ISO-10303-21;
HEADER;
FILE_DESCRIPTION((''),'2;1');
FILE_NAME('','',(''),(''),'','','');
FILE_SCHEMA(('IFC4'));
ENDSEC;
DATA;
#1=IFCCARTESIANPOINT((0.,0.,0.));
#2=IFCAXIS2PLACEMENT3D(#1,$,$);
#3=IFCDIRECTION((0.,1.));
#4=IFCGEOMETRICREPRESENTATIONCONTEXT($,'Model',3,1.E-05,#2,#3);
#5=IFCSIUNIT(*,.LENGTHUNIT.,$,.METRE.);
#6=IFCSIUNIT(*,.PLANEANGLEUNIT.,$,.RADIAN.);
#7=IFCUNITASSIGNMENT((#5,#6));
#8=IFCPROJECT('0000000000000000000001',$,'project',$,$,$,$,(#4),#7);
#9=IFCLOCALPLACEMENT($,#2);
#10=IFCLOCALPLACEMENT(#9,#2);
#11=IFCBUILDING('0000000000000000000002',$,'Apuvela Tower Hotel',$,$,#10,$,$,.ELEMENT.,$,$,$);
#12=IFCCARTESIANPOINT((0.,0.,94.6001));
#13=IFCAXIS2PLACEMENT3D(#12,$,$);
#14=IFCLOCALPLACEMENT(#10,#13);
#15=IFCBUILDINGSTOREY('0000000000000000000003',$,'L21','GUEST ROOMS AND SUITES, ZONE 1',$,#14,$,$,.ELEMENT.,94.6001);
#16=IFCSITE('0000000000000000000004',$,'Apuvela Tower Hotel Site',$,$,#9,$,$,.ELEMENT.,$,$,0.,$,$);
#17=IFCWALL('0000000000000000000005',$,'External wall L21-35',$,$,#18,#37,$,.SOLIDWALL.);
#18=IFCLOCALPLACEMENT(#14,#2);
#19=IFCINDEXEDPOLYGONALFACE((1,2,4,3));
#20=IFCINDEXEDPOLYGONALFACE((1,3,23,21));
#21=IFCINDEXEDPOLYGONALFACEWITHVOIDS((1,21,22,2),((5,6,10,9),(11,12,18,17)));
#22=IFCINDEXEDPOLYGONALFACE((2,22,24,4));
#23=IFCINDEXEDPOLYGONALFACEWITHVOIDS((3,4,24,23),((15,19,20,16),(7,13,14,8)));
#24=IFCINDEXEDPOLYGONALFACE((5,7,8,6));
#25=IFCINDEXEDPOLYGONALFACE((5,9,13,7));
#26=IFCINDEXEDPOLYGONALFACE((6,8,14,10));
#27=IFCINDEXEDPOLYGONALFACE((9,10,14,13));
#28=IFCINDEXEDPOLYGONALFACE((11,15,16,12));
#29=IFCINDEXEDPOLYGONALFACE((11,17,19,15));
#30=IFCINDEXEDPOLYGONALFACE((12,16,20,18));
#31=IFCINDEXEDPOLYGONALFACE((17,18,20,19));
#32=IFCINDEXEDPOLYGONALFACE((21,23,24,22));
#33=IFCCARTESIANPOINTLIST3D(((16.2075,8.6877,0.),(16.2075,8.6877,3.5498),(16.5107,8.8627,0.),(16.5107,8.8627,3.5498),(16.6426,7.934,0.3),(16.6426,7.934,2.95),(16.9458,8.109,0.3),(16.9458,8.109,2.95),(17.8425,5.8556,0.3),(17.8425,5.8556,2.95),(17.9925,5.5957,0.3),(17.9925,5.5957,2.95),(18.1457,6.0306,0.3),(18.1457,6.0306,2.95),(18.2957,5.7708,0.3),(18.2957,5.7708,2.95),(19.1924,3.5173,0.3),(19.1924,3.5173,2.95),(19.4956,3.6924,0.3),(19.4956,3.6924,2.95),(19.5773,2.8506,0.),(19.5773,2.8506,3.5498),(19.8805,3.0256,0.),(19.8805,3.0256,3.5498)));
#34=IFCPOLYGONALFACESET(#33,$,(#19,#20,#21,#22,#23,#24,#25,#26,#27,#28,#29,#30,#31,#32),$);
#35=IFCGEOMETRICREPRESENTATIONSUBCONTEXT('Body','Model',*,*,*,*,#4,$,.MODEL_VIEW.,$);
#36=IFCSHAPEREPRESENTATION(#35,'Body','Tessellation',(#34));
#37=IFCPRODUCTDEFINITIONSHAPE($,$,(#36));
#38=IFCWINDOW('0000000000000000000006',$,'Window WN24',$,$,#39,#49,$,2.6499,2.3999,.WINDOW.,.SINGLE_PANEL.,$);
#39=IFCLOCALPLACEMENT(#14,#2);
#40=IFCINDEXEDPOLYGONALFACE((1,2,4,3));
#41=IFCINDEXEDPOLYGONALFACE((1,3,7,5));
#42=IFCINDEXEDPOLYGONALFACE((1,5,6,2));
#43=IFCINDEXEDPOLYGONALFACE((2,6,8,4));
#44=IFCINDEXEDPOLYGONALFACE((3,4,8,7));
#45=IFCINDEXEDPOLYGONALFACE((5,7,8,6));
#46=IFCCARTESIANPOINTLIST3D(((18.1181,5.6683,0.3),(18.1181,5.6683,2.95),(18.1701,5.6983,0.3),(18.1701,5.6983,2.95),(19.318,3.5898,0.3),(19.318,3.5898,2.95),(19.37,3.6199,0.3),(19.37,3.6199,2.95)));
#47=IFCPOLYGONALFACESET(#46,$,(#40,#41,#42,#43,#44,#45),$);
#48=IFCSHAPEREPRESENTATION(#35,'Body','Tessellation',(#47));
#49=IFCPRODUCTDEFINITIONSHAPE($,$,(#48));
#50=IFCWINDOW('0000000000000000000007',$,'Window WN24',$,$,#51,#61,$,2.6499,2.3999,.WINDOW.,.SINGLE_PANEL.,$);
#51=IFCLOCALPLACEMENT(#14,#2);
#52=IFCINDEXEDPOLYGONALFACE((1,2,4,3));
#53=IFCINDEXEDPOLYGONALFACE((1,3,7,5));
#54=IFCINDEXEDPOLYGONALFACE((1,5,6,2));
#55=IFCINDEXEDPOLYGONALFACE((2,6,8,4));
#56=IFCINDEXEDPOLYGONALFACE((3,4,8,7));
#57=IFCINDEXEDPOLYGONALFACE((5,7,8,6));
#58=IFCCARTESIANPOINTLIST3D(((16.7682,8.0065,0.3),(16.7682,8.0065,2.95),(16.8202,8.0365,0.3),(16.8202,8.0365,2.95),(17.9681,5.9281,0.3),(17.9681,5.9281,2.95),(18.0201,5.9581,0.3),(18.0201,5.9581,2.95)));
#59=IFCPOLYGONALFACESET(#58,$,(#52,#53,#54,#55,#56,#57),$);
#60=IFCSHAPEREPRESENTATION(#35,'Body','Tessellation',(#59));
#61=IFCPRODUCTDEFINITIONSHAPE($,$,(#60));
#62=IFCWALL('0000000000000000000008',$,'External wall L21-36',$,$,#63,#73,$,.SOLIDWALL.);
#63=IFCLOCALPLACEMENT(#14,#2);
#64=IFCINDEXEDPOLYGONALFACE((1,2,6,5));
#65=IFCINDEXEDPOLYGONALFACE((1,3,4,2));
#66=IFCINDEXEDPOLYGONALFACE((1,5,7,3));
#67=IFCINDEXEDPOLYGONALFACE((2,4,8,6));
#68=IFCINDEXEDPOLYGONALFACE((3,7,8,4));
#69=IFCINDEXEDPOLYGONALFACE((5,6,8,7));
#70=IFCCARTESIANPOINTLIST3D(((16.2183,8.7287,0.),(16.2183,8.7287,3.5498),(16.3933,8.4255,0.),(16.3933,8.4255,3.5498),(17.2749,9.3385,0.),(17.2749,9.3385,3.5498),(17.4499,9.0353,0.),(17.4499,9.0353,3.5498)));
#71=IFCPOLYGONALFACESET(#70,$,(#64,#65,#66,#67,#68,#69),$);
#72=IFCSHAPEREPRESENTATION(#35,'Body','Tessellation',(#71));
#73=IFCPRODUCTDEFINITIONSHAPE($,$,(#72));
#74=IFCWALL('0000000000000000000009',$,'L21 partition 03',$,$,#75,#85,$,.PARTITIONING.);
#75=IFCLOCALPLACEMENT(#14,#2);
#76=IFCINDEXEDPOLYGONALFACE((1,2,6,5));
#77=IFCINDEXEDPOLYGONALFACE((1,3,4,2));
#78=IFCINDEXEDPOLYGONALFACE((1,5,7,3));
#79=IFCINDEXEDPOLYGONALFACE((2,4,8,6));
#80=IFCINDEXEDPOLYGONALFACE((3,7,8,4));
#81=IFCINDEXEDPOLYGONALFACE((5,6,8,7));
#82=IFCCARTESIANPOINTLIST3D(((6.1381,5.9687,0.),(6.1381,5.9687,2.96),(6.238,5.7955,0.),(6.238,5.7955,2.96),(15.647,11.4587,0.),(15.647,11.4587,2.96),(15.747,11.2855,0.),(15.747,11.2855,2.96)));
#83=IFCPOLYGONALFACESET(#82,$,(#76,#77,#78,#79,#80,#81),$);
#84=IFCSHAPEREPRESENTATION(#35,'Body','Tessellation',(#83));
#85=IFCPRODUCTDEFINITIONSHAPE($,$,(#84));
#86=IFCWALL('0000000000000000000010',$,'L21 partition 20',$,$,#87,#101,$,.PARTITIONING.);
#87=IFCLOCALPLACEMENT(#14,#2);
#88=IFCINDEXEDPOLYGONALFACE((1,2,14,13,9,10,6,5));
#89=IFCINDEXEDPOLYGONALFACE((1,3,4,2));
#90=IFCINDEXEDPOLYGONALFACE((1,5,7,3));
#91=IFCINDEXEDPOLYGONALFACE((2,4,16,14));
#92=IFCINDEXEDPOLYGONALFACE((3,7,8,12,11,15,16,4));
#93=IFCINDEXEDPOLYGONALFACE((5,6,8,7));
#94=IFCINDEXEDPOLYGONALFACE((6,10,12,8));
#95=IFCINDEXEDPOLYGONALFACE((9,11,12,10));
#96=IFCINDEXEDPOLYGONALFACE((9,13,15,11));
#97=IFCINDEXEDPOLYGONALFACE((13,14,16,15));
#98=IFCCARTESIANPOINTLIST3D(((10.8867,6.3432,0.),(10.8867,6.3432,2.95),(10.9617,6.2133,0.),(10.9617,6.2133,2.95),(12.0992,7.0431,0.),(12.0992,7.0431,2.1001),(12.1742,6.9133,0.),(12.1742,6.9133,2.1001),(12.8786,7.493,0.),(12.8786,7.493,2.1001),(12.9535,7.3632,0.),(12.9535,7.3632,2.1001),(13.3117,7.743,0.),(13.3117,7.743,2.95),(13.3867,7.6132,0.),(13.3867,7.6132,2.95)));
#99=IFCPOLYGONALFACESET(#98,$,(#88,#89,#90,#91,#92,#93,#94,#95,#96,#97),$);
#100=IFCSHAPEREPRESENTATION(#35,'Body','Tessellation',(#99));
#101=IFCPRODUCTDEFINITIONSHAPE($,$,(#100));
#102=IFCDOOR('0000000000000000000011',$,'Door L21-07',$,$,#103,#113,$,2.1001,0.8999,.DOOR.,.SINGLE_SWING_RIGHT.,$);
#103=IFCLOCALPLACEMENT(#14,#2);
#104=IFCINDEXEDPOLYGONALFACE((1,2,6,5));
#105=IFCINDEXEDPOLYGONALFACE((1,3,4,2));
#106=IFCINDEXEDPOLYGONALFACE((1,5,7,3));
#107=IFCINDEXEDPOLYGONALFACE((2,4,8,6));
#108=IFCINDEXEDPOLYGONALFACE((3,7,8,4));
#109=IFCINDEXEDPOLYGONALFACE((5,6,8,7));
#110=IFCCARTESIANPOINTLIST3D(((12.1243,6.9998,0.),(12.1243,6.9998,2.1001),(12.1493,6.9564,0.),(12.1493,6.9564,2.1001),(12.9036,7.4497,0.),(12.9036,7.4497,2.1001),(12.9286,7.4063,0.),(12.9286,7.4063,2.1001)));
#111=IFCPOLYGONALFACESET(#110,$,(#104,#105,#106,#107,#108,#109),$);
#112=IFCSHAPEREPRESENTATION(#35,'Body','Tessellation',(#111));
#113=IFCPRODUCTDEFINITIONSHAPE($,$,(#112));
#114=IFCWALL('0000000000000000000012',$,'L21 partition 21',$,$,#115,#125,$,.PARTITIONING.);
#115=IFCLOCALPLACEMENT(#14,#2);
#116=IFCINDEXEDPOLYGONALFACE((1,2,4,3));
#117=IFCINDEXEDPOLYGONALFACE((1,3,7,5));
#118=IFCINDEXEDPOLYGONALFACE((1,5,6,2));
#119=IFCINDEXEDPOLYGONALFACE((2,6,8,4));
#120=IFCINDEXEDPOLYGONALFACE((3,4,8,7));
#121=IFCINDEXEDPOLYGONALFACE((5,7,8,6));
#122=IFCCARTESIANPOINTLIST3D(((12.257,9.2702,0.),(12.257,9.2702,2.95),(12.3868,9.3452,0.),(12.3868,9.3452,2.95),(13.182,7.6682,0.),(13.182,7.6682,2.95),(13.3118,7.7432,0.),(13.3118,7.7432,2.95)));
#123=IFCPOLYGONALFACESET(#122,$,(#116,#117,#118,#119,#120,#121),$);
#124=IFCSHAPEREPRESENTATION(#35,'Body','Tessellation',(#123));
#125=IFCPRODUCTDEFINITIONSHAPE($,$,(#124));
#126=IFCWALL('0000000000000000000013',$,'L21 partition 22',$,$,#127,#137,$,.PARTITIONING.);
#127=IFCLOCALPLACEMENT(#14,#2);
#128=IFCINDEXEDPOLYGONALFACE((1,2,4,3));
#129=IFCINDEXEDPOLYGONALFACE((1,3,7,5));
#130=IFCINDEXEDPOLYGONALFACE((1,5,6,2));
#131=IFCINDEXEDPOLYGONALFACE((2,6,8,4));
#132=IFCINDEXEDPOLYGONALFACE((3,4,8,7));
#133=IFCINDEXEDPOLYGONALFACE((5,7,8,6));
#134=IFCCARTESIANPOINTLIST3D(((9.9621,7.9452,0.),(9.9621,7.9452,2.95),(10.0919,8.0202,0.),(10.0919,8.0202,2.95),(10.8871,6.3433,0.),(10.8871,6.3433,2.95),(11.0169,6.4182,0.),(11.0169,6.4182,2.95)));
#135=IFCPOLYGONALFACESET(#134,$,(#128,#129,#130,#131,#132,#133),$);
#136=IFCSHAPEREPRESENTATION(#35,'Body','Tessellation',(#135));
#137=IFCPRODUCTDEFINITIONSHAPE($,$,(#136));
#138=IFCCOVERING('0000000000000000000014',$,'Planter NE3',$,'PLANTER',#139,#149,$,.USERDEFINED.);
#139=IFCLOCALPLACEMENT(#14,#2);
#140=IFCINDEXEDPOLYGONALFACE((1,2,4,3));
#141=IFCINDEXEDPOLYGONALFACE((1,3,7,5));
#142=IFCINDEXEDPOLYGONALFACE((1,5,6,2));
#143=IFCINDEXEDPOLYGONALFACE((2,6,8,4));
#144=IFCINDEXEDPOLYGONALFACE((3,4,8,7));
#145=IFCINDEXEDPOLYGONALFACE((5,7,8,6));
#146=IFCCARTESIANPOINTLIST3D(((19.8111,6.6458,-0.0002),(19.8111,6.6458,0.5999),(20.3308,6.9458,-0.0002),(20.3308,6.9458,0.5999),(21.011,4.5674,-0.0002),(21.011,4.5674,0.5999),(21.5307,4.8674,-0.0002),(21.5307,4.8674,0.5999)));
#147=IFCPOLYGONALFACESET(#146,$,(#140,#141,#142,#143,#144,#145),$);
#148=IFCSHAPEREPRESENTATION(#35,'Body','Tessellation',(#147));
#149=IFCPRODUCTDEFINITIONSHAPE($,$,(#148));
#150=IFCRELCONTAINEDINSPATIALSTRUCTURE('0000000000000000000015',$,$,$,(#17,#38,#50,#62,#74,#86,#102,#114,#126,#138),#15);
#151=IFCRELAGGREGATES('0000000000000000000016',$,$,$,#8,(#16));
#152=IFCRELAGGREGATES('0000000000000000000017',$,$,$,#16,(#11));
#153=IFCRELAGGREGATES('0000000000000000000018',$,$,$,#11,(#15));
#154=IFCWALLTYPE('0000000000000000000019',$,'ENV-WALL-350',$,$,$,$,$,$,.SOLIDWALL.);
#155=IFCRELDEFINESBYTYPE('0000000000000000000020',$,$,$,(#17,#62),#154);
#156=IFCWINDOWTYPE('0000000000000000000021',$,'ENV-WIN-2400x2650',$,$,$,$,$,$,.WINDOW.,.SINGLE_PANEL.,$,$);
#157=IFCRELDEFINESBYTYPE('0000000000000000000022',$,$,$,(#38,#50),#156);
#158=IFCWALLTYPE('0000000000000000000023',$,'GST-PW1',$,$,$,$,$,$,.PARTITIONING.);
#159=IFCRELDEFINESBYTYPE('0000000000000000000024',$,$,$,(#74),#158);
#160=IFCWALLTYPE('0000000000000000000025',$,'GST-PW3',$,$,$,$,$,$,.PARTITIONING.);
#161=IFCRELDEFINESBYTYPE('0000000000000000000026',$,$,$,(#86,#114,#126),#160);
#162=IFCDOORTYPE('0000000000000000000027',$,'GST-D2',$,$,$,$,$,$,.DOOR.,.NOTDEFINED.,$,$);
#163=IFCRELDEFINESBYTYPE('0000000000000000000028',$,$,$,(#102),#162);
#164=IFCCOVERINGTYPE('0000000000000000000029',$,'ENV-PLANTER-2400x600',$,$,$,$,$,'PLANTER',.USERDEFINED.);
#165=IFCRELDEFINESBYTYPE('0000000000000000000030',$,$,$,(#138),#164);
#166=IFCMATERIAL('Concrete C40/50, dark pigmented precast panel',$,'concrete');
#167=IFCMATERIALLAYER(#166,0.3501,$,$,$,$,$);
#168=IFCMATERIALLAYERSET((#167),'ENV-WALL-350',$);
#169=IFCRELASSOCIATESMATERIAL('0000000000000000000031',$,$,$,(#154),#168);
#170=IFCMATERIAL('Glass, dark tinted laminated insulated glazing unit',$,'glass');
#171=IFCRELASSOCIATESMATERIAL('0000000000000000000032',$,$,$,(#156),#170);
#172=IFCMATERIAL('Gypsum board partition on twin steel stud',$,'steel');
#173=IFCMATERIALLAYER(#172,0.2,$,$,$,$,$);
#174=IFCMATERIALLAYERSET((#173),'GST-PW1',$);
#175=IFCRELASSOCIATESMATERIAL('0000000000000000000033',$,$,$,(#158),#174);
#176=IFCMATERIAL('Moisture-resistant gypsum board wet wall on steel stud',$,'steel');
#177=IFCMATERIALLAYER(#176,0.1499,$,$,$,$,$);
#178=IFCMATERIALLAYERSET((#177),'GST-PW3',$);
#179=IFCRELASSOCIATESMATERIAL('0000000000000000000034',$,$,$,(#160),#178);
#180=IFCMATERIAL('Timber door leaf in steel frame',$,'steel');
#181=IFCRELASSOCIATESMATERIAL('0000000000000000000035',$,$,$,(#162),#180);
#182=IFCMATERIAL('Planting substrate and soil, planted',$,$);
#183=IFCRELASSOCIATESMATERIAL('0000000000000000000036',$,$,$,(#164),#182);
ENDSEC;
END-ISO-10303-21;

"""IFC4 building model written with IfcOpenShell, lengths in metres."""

from ifc_helpers import new_model, si_unit, direction, frame, frame_2d, origin, origin_2d, place, context, subcontext, project, spatial, rectangle, extrude, material, layer, layer_set, type_object, element, fill, save


model = new_model("IFC4")

# Units and contexts
model_context = context("Model", 3, precision=1e-05, world=origin(), true_north=direction((0.0, 1.0)))
body_context = subcontext(model_context, "Body", "Model", "MODEL_VIEW")
ifc_project = project(units=[si_unit("LENGTHUNIT", "METRE"), si_unit("PLANEANGLEUNIT", "RADIAN")], contexts=[model_context])

# Site, building, storey
site_placement = place(None, origin())
site = spatial("IfcSite", under=ifc_project, at=site_placement, Name="Apuvela Tower Hotel Site", CompositionType="ELEMENT", RefElevation=0.0)
building_placement = place(site_placement, origin())
building = spatial("IfcBuilding", under=site, at=building_placement, Name="Apuvela Tower Hotel", CompositionType="ELEMENT")
storey_placement = place(building_placement, frame((0.0, 0.0, 94.6001)))
storey = spatial("IfcBuildingStorey", under=building, at=storey_placement, Name="L21", Description="GUEST ROOMS AND SUITES, ZONE 1", CompositionType="ELEMENT", Elevation=94.6001)

# Shared definitions
ifc_material_1 = material(Name="Concrete C40/50, dark pigmented precast panel", Category="concrete")
ifc_layer_1 = layer(ifc_material_1, 0.3501)
ifc_layer_set_1 = layer_set([ifc_layer_1], Name="ENV-WALL-350")
wall_type_1 = type_object("IfcWallType", Name="ENV-WALL-350", PredefinedType="SOLIDWALL", material=ifc_layer_set_1)

# Wall, openings, windows
wall_1_placement = place(storey_placement, frame((19.729, 2.938, 0.0), z_axis=(0.0, 0.0, 1.0), x_axis=(-0.499976, 0.866039, 0.0)))
wall_1 = element("IfcWall", 1, at=wall_1_placement, inside=storey, type_object=wall_type_1, Name="External wall L21-35", PredefinedType="SOLIDWALL", context=body_context, shape_type="SweptSolid", body=[
    extrude(rectangle(XDim=6.74, YDim=0.3501, at=frame_2d((3.3701, 0.0))), origin(), (0.0, 0.0, 1.0), 3.5498),
])
opening_1_placement = place(wall_1_placement, frame((0.77, 0.0, 0.3)))
opening_1 = element("IfcOpeningElement", 2, at=opening_1_placement, cuts=wall_1, PredefinedType="OPENING", context=body_context, shape_type="SweptSolid", body=[
    extrude(rectangle(XDim=2.3999, YDim=2.6499, at=frame_2d((1.2, 1.325))), frame((0.0, 0.1851, 0.0), z_axis=(0.0, -1.0, 0.0), x_axis=(1.0, 0.0, 0.0)), (0.0, 0.0, 1.0), 0.3701),
])
opening_2_placement = place(wall_1_placement, frame((3.47, 0.0, 0.3)))
opening_2 = element("IfcOpeningElement", 3, at=opening_2_placement, cuts=wall_1, PredefinedType="OPENING", context=body_context, shape_type="SweptSolid", body=[
    extrude(rectangle(XDim=2.3999, YDim=2.6499, at=frame_2d((1.2, 1.325))), frame((0.0, 0.1851, 0.0), z_axis=(0.0, -1.0, 0.0), x_axis=(1.0, 0.0, 0.0)), (0.0, 0.0, 1.0), 0.3701),
])
ifc_material_2 = material(Name="Glass, dark tinted laminated insulated glazing unit", Category="glass")
window_type_1 = type_object("IfcWindowType", Name="ENV-WIN-2400x2650", PartitioningType="SINGLE_PANEL", PredefinedType="WINDOW", material=ifc_material_2)
window_1_placement = place(opening_1_placement, origin())
window_1 = element("IfcWindow", 4, at=window_1_placement, inside=storey, type_object=window_type_1, Name="Window WN24", OverallHeight=2.6499, OverallWidth=2.3999, PartitioningType="SINGLE_PANEL", PredefinedType="WINDOW", context=body_context, shape_type="SweptSolid", body=[
    extrude(rectangle(XDim=2.3999, YDim=2.6499, at=frame_2d((1.2, 1.325))), frame((0.0, 0.03, 0.0), z_axis=(0.0, -1.0, 0.0), x_axis=(1.0, 0.0, 0.0)), (0.0, 0.0, 1.0), 0.0601),
])
fill(opening_1, window_1)
window_2_placement = place(opening_2_placement, origin())
window_2 = element("IfcWindow", 5, at=window_2_placement, inside=storey, type_object=window_type_1, Name="Window WN24", OverallHeight=2.6499, OverallWidth=2.3999, PartitioningType="SINGLE_PANEL", PredefinedType="WINDOW", context=body_context, shape_type="SweptSolid", body=[
    extrude(rectangle(XDim=2.3999, YDim=2.6499, at=frame_2d((1.2, 1.325))), frame((0.0, 0.03, 0.0), z_axis=(0.0, -1.0, 0.0), x_axis=(1.0, 0.0, 0.0)), (0.0, 0.0, 1.0), 0.0601),
])
fill(opening_2, window_2)

# Wall
wall_2_placement = place(storey_placement, frame((16.3059, 8.5771, 0.0), z_axis=(0.0, 0.0, 1.0), x_axis=(0.866092, 0.499884, 0.0)))
element("IfcWall", 6, at=wall_2_placement, inside=storey, type_object=wall_type_1, Name="External wall L21-36", PredefinedType="SOLIDWALL", context=body_context, shape_type="SweptSolid", body=[
    extrude(rectangle(XDim=1.22, YDim=0.3501, at=frame_2d((0.6099, 0.0))), origin(), (0.0, 0.0, 1.0), 3.5498),
])

# Wall
ifc_material_3 = material(Name="Gypsum board partition on twin steel stud", Category="steel")
ifc_layer_2 = layer(ifc_material_3, 0.2)
ifc_layer_set_2 = layer_set([ifc_layer_2], Name="GST-PW1")
wall_type_2 = type_object("IfcWallType", Name="GST-PW1", PredefinedType="PARTITIONING", material=ifc_layer_set_2)
wall_3_placement = place(storey_placement, frame((15.697, 11.3721, 0.0), z_axis=(0.0, 0.0, 1.0), x_axis=(-0.866027, -0.499996, 0.0)))
element("IfcWall", 7, at=wall_3_placement, inside=storey, type_object=wall_type_2, Name="L21 partition 03", PredefinedType="PARTITIONING", context=body_context, shape_type="SweptSolid", body=[
    extrude(rectangle(XDim=10.98, YDim=0.2, at=frame_2d((5.49, 0.0))), origin(), (0.0, 0.0, 1.0), 2.96),
])

# Wall, opening, door
ifc_material_4 = material(Name="Moisture-resistant gypsum board wet wall on steel stud", Category="steel")
ifc_layer_3 = layer(ifc_material_4, 0.1499)
ifc_layer_set_3 = layer_set([ifc_layer_3], Name="GST-PW3")
wall_type_3 = type_object("IfcWallType", Name="GST-PW3", PredefinedType="PARTITIONING", material=ifc_layer_set_3)
wall_4_placement = place(storey_placement, frame((10.9243, 6.2783, 0.0), z_axis=(0.0, 0.0, 1.0), x_axis=(0.866056, 0.499946, 0.0)))
wall_4 = element("IfcWall", 8, at=wall_4_placement, inside=storey, type_object=wall_type_3, Name="L21 partition 20", PredefinedType="PARTITIONING", context=body_context, shape_type="SweptSolid", body=[
    extrude(rectangle(XDim=2.8, YDim=0.1499, at=frame_2d((1.3999, 0.0))), origin(), (0.0, 0.0, 1.0), 2.95),
])
opening_3_placement = place(wall_4_placement, frame((1.3999, 0.0, 0.0)))
opening_3 = element("IfcOpeningElement", 9, at=opening_3_placement, cuts=wall_4, PredefinedType="OPENING", context=body_context, shape_type="SweptSolid", body=[
    extrude(rectangle(XDim=0.8999, YDim=2.1001, at=frame_2d((0.45, 1.05))), frame((0.0, 0.085, 0.0), z_axis=(0.0, -1.0, 0.0), x_axis=(1.0, 0.0, 0.0)), (0.0, 0.0, 1.0), 0.1699),
])
ifc_material_5 = material(Name="Timber door leaf in steel frame", Category="steel")
door_type_1 = type_object("IfcDoorType", Name="GST-D2", OperationType="NOTDEFINED", PredefinedType="DOOR", material=ifc_material_5)
door_1_placement = place(opening_3_placement, origin())
door_1 = element("IfcDoor", 10, at=door_1_placement, inside=storey, type_object=door_type_1, Name="Door L21-07", OperationType="SINGLE_SWING_RIGHT", OverallHeight=2.1001, OverallWidth=0.8999, PredefinedType="DOOR", context=body_context, shape_type="SweptSolid", body=[
    extrude(rectangle(XDim=0.8999, YDim=2.1001, at=frame_2d((0.45, 1.05))), frame((0.0, 0.0249, 0.0), z_axis=(0.0, -1.0, 0.0), x_axis=(1.0, 0.0, 0.0)), (0.0, 0.0, 1.0), 0.05),
])
fill(opening_3, door_1)

# Walls
for number, where, z_axis, x_axis, name in (
    (11, (13.2468, 7.7058, 0.0), (0.0, 0.0, 1.0), (-0.500042, 0.866001, 0.0), "L21 partition 21"),
    (12, (10.9519, 6.3809, 0.0), (0.0, 0.0, 1.0), (-0.500042, 0.866001, 0.0), "L21 partition 22"),
):
    element("IfcWall", number, at=place(storey_placement, frame(where, z_axis=z_axis, x_axis=x_axis)), inside=storey, type_object=wall_type_3, Name=name, PredefinedType="PARTITIONING", context=body_context, shape_type="SweptSolid", body=[
        extrude(rectangle(XDim=1.8499, YDim=0.1499, at=frame_2d((0.9248, 0.0))), origin(), (0.0, 0.0, 1.0), 2.95),
    ])

# Covering
ifc_material_6 = material(Name="Planting substrate and soil, planted")
covering_type = type_object("IfcCoveringType", Name="ENV-PLANTER-2400x600", ElementType="PLANTER", PredefinedType="USERDEFINED", material=ifc_material_6)
covering_placement = place(storey_placement, frame((20.6709, 5.7566, -0.0002), z_axis=(0.0, 0.0, 1.0), x_axis=(-0.5, 0.866025, 0.0)))
element("IfcCovering", 13, at=covering_placement, inside=storey, type_object=covering_type, Name="Planter NE3", ObjectType="PLANTER", PredefinedType="USERDEFINED", context=body_context, shape_type="SweptSolid", body=[
    extrude(rectangle(XDim=2.3999, YDim=0.6001, at=origin_2d()), origin(), (0.0, 0.0, 1.0), 0.6001),
])

save(model, "model.ifc")
